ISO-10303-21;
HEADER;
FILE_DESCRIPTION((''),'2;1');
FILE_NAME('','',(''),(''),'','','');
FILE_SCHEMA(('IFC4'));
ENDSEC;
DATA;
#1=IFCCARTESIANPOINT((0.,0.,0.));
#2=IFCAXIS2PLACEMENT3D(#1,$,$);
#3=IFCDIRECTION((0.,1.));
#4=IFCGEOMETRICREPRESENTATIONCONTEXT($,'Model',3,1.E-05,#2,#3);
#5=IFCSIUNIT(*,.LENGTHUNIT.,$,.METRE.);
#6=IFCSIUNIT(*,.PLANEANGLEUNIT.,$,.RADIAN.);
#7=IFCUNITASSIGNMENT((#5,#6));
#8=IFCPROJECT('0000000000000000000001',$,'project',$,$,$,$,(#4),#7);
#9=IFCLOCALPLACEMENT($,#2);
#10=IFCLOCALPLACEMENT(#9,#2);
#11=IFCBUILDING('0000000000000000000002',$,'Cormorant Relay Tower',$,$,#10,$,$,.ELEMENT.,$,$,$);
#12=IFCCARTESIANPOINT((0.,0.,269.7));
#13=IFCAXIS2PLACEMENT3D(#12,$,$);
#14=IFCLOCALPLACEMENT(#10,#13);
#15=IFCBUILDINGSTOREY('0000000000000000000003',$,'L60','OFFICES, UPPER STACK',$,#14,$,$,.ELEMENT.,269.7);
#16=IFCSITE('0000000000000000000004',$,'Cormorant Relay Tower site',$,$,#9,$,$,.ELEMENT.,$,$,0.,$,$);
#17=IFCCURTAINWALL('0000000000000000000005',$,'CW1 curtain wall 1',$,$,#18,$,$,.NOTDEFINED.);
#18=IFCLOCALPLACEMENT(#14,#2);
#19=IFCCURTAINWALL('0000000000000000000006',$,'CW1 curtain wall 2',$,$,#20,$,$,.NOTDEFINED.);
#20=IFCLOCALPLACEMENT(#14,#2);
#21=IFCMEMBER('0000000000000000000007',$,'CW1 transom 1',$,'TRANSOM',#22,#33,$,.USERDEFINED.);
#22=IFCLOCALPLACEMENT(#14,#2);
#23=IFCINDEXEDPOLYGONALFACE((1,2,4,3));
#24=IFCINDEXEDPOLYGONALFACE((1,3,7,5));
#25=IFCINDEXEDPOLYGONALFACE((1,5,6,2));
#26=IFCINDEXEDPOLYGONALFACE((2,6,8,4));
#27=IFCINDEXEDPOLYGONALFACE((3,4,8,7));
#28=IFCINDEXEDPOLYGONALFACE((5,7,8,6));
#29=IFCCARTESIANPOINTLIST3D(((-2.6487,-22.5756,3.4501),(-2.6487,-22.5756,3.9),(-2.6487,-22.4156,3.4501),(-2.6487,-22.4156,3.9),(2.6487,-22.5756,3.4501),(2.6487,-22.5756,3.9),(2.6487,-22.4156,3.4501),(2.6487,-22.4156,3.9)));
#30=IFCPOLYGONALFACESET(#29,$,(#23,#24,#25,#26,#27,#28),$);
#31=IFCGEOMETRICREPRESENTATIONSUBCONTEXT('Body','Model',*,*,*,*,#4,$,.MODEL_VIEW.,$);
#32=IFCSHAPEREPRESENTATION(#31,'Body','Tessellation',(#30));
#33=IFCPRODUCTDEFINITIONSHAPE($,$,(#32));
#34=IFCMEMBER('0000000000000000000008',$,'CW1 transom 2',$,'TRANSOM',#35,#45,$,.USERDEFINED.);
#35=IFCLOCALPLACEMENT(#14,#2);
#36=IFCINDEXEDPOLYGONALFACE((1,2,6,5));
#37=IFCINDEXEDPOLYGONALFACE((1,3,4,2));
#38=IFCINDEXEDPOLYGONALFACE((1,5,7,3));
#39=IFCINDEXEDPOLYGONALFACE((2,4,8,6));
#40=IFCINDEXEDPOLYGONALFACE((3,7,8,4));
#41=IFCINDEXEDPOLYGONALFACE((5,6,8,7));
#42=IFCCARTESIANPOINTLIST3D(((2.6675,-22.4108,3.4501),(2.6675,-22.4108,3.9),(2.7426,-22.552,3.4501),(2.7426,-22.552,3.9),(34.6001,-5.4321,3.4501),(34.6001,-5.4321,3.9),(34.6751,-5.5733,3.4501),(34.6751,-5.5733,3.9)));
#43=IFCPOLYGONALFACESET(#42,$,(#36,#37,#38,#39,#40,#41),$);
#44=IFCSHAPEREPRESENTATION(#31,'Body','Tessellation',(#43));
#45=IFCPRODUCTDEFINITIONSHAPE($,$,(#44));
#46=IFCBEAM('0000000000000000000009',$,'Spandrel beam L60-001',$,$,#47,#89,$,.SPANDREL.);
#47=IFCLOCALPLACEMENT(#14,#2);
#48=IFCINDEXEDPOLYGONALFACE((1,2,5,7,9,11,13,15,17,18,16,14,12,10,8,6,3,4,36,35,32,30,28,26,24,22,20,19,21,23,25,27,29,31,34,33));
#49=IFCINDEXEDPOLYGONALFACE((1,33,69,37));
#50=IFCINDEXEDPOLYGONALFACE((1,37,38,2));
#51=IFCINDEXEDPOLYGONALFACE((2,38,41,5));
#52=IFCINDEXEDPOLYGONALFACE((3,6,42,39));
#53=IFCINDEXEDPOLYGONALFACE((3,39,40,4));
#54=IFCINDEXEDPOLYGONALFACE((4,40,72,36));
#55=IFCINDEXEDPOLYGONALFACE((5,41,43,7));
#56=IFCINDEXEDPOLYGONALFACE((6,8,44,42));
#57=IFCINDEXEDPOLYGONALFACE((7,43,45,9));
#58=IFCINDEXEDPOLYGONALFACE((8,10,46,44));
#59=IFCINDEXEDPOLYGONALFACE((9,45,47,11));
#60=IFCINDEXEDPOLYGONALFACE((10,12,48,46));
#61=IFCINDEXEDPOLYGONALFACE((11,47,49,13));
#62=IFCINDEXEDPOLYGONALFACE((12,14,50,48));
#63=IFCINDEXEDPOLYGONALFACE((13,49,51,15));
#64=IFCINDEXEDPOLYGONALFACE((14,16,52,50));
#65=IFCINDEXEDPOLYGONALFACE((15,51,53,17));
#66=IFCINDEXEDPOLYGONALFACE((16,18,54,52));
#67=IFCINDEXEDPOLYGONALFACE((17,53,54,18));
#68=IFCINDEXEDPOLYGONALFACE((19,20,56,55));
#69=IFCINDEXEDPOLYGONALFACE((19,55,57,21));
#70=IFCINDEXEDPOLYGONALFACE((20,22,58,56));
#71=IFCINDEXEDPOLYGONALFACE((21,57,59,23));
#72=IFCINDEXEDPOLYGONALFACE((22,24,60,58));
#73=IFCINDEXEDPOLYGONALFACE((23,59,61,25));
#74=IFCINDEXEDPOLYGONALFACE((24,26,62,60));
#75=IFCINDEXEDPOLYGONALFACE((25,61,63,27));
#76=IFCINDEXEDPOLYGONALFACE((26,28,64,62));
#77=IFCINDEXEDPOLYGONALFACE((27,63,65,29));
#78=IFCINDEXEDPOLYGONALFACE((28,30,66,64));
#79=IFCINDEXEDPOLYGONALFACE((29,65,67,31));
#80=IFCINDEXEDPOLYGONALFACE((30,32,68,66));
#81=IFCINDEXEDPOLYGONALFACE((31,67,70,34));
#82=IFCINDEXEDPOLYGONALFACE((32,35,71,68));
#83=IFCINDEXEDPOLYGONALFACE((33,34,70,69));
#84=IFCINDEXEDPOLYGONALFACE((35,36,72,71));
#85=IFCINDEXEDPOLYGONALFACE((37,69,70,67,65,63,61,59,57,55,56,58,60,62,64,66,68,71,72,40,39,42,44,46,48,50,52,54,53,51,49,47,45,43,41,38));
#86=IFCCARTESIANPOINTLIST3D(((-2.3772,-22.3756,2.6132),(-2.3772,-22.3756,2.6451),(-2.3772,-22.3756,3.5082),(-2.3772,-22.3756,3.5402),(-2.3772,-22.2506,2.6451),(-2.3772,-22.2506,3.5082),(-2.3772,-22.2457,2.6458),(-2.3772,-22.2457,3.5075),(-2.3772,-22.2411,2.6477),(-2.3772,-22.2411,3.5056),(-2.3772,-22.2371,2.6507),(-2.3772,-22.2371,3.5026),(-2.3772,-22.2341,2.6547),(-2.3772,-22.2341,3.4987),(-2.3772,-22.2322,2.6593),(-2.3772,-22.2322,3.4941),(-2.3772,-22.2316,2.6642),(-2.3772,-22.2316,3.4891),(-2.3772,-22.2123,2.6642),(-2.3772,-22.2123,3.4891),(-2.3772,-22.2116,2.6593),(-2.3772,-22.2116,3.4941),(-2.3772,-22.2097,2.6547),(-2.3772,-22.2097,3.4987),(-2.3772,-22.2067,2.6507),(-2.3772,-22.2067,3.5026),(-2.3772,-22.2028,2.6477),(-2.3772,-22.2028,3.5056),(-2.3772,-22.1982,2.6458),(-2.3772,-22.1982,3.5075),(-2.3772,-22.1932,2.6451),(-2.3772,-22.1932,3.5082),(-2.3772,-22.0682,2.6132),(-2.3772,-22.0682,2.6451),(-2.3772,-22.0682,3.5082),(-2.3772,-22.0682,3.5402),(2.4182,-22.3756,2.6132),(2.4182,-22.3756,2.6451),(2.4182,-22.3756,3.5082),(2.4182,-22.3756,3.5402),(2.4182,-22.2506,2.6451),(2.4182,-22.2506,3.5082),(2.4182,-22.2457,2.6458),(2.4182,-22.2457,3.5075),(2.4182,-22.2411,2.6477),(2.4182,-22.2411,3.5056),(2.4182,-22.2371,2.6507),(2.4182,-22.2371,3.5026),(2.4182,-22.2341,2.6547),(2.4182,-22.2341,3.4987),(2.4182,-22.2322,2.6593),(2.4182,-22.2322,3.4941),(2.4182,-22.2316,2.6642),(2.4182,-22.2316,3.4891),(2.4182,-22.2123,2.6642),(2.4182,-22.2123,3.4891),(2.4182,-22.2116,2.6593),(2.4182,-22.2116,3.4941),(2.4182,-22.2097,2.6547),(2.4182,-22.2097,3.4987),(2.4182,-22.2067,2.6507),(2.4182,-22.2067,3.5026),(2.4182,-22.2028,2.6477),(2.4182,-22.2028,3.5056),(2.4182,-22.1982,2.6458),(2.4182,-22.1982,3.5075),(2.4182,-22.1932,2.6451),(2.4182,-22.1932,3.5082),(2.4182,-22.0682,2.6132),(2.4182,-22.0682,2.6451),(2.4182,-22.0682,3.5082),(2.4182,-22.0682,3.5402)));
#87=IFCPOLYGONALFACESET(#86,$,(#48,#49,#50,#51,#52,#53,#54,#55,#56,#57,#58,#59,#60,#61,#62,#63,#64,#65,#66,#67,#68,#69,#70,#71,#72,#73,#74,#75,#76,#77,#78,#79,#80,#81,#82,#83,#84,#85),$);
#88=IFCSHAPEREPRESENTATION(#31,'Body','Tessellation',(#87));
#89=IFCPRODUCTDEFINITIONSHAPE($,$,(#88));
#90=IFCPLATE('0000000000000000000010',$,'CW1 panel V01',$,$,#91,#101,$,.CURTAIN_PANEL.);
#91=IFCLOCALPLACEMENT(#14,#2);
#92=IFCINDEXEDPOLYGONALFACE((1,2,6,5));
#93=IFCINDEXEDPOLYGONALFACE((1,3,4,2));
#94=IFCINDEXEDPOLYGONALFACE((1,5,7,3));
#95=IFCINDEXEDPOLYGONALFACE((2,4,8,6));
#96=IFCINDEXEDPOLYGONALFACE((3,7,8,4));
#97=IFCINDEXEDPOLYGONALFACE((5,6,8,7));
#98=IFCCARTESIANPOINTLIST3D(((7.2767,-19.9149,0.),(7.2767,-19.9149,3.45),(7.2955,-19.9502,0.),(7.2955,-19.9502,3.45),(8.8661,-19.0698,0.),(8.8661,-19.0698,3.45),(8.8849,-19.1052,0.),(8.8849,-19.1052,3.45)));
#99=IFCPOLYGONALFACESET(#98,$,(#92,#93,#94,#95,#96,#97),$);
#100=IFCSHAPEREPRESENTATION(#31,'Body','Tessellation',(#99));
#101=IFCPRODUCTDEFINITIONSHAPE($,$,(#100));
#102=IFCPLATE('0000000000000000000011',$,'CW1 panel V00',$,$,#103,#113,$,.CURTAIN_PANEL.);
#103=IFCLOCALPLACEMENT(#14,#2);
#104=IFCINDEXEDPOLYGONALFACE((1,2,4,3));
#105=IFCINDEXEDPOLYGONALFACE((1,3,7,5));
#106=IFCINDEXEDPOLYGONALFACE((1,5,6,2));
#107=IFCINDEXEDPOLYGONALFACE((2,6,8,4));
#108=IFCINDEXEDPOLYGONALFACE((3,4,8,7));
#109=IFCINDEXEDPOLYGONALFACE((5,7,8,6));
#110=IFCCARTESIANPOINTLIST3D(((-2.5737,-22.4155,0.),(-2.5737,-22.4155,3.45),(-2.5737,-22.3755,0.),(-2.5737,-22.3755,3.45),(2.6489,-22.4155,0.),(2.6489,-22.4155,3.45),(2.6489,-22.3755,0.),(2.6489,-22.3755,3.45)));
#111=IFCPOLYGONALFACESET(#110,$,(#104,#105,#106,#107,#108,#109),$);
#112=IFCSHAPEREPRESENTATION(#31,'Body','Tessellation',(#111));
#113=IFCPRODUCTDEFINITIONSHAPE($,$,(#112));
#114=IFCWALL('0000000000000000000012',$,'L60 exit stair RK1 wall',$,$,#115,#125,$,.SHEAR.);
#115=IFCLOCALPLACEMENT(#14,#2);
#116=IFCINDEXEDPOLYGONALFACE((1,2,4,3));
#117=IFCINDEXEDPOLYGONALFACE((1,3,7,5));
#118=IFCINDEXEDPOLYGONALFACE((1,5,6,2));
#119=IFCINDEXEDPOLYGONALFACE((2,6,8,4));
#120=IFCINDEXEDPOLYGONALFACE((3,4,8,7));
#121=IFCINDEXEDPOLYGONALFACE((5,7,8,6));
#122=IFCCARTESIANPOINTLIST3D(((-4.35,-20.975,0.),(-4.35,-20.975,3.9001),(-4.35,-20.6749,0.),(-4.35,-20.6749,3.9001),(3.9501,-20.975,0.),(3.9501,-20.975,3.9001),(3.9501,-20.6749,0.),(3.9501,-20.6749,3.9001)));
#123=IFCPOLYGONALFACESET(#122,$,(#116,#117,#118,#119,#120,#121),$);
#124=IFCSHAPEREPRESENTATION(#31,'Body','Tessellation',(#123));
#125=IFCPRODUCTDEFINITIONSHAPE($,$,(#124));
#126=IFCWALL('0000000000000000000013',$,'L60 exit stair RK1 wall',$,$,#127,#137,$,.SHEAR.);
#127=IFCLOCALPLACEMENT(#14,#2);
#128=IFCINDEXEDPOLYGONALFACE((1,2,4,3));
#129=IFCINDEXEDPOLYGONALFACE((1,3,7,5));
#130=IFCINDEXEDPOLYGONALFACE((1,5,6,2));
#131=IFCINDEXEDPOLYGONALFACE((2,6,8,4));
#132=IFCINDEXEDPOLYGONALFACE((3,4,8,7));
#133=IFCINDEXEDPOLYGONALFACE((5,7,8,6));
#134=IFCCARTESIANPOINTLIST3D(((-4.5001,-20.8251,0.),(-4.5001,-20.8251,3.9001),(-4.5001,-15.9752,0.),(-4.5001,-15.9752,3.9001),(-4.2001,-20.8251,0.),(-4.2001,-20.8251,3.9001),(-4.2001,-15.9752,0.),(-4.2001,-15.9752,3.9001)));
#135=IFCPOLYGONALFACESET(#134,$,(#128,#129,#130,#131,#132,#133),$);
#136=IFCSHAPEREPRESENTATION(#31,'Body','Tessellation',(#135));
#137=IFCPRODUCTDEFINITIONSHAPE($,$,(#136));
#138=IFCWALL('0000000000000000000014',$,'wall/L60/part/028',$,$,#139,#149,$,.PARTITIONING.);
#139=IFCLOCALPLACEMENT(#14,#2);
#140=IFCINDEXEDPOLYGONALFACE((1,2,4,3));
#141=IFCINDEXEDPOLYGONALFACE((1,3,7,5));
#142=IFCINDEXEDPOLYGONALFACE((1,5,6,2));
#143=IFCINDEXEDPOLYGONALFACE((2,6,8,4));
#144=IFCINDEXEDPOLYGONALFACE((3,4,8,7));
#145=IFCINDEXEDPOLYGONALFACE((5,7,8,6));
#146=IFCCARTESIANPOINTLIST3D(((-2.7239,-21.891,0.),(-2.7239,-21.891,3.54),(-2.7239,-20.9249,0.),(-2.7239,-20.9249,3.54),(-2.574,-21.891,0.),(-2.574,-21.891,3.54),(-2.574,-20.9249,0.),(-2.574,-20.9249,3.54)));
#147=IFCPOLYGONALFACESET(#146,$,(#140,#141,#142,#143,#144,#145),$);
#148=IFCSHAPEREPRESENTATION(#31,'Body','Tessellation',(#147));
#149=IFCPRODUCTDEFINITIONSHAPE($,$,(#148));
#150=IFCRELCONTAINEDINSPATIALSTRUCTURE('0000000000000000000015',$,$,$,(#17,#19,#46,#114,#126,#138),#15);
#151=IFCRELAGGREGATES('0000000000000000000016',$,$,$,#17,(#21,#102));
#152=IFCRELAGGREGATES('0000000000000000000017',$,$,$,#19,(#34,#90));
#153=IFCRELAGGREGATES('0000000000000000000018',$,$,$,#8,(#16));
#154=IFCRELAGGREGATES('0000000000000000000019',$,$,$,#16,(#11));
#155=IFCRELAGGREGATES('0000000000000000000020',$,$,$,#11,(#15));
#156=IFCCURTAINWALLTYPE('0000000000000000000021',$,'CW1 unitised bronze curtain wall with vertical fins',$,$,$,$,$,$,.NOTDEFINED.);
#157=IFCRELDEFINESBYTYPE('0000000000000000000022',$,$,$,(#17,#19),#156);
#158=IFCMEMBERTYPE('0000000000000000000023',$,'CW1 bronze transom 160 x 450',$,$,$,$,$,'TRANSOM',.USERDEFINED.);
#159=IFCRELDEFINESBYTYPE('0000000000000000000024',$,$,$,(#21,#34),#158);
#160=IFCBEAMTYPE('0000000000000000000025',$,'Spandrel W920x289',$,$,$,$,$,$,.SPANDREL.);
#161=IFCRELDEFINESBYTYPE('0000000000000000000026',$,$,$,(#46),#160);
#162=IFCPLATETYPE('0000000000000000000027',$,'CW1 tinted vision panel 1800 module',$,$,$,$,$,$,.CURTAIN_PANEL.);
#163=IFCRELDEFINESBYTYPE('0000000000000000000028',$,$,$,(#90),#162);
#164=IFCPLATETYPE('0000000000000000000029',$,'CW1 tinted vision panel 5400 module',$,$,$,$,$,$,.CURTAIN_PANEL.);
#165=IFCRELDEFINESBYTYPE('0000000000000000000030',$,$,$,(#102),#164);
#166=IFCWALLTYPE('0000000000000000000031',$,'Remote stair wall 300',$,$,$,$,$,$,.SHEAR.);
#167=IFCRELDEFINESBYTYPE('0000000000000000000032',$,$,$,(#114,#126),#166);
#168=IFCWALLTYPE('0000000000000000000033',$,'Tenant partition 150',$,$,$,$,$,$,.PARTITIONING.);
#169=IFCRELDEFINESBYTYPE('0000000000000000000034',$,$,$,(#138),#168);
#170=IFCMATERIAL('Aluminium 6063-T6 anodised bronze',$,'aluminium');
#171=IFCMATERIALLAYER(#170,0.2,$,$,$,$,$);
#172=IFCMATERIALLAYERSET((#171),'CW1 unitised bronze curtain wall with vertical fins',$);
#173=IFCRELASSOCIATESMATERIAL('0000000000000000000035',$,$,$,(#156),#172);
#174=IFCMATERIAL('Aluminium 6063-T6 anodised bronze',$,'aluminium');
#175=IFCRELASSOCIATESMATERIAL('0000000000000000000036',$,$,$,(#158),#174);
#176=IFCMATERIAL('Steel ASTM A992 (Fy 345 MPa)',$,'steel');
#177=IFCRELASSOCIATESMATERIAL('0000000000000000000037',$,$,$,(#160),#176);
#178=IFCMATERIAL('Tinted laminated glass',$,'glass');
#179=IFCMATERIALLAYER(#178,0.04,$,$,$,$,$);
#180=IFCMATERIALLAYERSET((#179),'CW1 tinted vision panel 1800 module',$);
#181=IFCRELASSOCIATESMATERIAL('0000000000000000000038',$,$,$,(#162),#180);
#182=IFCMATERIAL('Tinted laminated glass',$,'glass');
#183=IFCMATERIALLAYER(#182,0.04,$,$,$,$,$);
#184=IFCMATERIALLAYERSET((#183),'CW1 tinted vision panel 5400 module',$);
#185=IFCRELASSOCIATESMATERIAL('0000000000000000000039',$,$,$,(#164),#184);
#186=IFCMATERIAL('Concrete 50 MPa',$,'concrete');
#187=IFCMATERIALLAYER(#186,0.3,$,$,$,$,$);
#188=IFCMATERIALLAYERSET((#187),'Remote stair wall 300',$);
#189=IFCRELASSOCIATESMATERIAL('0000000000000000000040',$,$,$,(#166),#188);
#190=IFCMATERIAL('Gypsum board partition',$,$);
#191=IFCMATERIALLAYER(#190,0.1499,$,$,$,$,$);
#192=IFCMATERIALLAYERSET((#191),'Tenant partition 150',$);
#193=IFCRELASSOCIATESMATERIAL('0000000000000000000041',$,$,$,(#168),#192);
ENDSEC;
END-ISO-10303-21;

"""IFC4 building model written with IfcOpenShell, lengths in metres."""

from ifc_helpers import new_model, si_unit, direction, frame, frame_2d, origin, origin_2d, place, context, subcontext, project, spatial, rectangle, i_section, extrude, material, layer, layer_set, material_profile, profile_set, type_object, element, aggregate, save


model = new_model("IFC4")

# Units and contexts
model_context = context("Model", 3, precision=1e-05, world=origin(), true_north=direction((0.0, 1.0)))
body_context = subcontext(model_context, "Body", "Model", "MODEL_VIEW")
ifc_project = project(units=[si_unit("LENGTHUNIT", "METRE"), si_unit("PLANEANGLEUNIT", "RADIAN")], contexts=[model_context])

# Site, building, storey
site_placement = place(None, origin())
site = spatial("IfcSite", under=ifc_project, at=site_placement, Name="Cormorant Relay Tower site", CompositionType="ELEMENT", RefElevation=0.0)
building_placement = place(site_placement, origin())
building = spatial("IfcBuilding", under=site, at=building_placement, Name="Cormorant Relay Tower", CompositionType="ELEMENT")
storey_placement = place(building_placement, frame((0.0, 0.0, 269.7)))
storey = spatial("IfcBuildingStorey", under=building, at=storey_placement, Name="L60", Description="OFFICES, UPPER STACK", CompositionType="ELEMENT", Elevation=269.7)

# Curtain wall
ifc_material_1 = material(Name="Aluminium 6063-T6 anodised bronze", Category="aluminium")
ifc_layer_1 = layer(ifc_material_1, 0.2)
ifc_layer_set_1 = layer_set([ifc_layer_1], Name="CW1 unitised bronze curtain wall with vertical fins")
curtain_wall_type = type_object("IfcCurtainWallType", Name="CW1 unitised bronze curtain wall with vertical fins", PredefinedType="NOTDEFINED", material=ifc_layer_set_1)
curtain_wall_1_placement = place(storey_placement, origin())
curtain_wall_1 = element("IfcCurtainWall", 1, at=curtain_wall_1_placement, inside=storey, type_object=curtain_wall_type, Name="CW1 curtain wall 1", PredefinedType="NOTDEFINED")

# Curtain wall
curtain_wall_2_placement = place(storey_placement, origin())
curtain_wall_2 = element("IfcCurtainWall", 2, at=curtain_wall_2_placement, inside=storey, type_object=curtain_wall_type, Name="CW1 curtain wall 2", PredefinedType="NOTDEFINED")

# Members
ifc_material_2 = material(Name="Aluminium 6063-T6 anodised bronze", Category="aluminium")
ifc_material_profile_1 = material_profile(ifc_material_2, rectangle(XDim=0.1599, YDim=0.45, at=origin_2d()), Name="AL 160x450")
ifc_profile_set_1 = profile_set([ifc_material_profile_1], Name="Aluminium 6063-T6 anodised bronze")
member_type_1 = type_object("IfcMemberType", Name="CW1 bronze transom 160 x 450", ElementType="TRANSOM", PredefinedType="USERDEFINED", material=ifc_profile_set_1)
member_1_placement = place(storey_placement, frame((-2.6487, -22.4956, 3.675), z_axis=(1.0, 0.0, 0.0), x_axis=(0.0, 1.0, 0.0)))
member_1 = element("IfcMember", 3, at=member_1_placement, type_object=member_type_1, Name="CW1 transom 1", ObjectType="TRANSOM", PredefinedType="USERDEFINED", context=body_context, shape_type="SweptSolid", body=[
    extrude(rectangle(XDim=0.1599, YDim=0.45, at=origin_2d()), origin(), (0.0, 0.0, 1.0), 5.2974),
])
member_2_placement = place(storey_placement, frame((2.7051, -22.4814, 3.675), z_axis=(0.882949, 0.469469, 0.0), x_axis=(-0.469469, 0.882949, 0.0)))
member_2 = element("IfcMember", 4, at=member_2_placement, type_object=member_type_1, Name="CW1 transom 2", ObjectType="TRANSOM", PredefinedType="USERDEFINED", context=body_context, shape_type="SweptSolid", body=[
    extrude(rectangle(XDim=0.1599, YDim=0.45, at=origin_2d()), origin(), (0.0, 0.0, 1.0), 36.1658),
])

# Beam
ifc_material_3 = material(Name="Steel ASTM A992 (Fy 345 MPa)", Category="steel")
ifc_material_profile_2 = material_profile(ifc_material_3, i_section(OverallWidth=0.3074, OverallDepth=0.927, WebThickness=0.0193, FlangeThickness=0.032, FilletRadius=0.019, at=origin_2d()), Name="W920x289")
ifc_profile_set_2 = profile_set([ifc_material_profile_2], Name="Steel ASTM A992 (Fy 345 MPa)")
beam_type = type_object("IfcBeamType", Name="Spandrel W920x289", PredefinedType="SPANDREL", material=ifc_profile_set_2)
beam_placement = place(storey_placement, frame((-2.3772, -22.2219, 3.0767), z_axis=(1.0, 0.0, 0.0), x_axis=(0.0, 1.0, 0.0)))
element("IfcBeam", 5, at=beam_placement, inside=storey, type_object=beam_type, Name="Spandrel beam L60-001", PredefinedType="SPANDREL", context=body_context, shape_type="SweptSolid", body=[
    extrude(i_section(OverallWidth=0.3074, OverallDepth=0.927, WebThickness=0.0193, FlangeThickness=0.032, FilletRadius=0.019, at=origin_2d()), origin(), (0.0, 0.0, 1.0), 4.7954),
])

# Plates
ifc_material_4 = material(Name="Tinted laminated glass", Category="glass")
ifc_layer_2 = layer(ifc_material_4, 0.04)
ifc_layer_set_2 = layer_set([ifc_layer_2], Name="CW1 tinted vision panel 1800 module")
plate_type_1 = type_object("IfcPlateType", Name="CW1 tinted vision panel 1800 module", PredefinedType="CURTAIN_PANEL", material=ifc_layer_set_2)
plate_1_placement = place(storey_placement, frame((8.0808, -19.51, 0.0), z_axis=(0.0, 0.0, 1.0), x_axis=(0.882948, 0.469472, 0.0)))
plate_1 = element("IfcPlate", 6, at=plate_1_placement, type_object=plate_type_1, Name="CW1 panel V01", PredefinedType="CURTAIN_PANEL", context=body_context, shape_type="SweptSolid", body=[
    extrude(rectangle(XDim=1.8, YDim=0.04, at=origin_2d()), origin(), (0.0, 0.0, 1.0), 3.45),
])
ifc_material_5 = material(Name="Tinted laminated glass", Category="glass")
ifc_layer_3 = layer(ifc_material_5, 0.04)
ifc_layer_set_3 = layer_set([ifc_layer_3], Name="CW1 tinted vision panel 5400 module")
plate_type_2 = type_object("IfcPlateType", Name="CW1 tinted vision panel 5400 module", PredefinedType="CURTAIN_PANEL", material=ifc_layer_set_3)
plate_2_placement = place(storey_placement, frame((0.0376, -22.3955, 0.0), z_axis=(0.0, 0.0, 1.0), x_axis=(1.0, 0.0, 0.0)))
plate_2 = element("IfcPlate", 7, at=plate_2_placement, type_object=plate_type_2, Name="CW1 panel V00", PredefinedType="CURTAIN_PANEL", context=body_context, shape_type="SweptSolid", body=[
    extrude(rectangle(XDim=5.2227, YDim=0.04, at=origin_2d()), origin(), (0.0, 0.0, 1.0), 3.45),
])
aggregate(curtain_wall_1, [member_1, plate_2])

# Walls
ifc_material_6 = material(Name="Concrete 50 MPa", Category="concrete")
ifc_layer_4 = layer(ifc_material_6, 0.3)
ifc_layer_set_4 = layer_set([ifc_layer_4], Name="Remote stair wall 300")
wall_type_1 = type_object("IfcWallType", Name="Remote stair wall 300", PredefinedType="SHEAR", material=ifc_layer_set_4)
wall_1_placement = place(storey_placement, frame((3.95, -20.825, 0.0), z_axis=(0.0, 0.0, 1.0), x_axis=(-1.0, 0.0, 0.0)))
element("IfcWall", 8, at=wall_1_placement, inside=storey, type_object=wall_type_1, Name="L60 exit stair RK1 wall", PredefinedType="SHEAR", context=body_context, shape_type="SweptSolid", body=[
    extrude(rectangle(XDim=8.3, YDim=0.3, at=frame_2d((4.1499, 0.0))), origin(), (0.0, 0.0, 1.0), 3.9001),
])
wall_2_placement = place(storey_placement, frame((-4.3501, -20.825, 0.0), z_axis=(0.0, 0.0, 1.0), x_axis=(0.0, 1.0, 0.0)))
element("IfcWall", 9, at=wall_2_placement, inside=storey, type_object=wall_type_1, Name="L60 exit stair RK1 wall", PredefinedType="SHEAR", context=body_context, shape_type="SweptSolid", body=[
    extrude(rectangle(XDim=4.8499, YDim=0.3, at=frame_2d((2.4248, 0.0))), origin(), (0.0, 0.0, 1.0), 3.9001),
])
ifc_material_7 = material(Name="Gypsum board partition")
ifc_layer_5 = layer(ifc_material_7, 0.1499)
ifc_layer_set_5 = layer_set([ifc_layer_5], Name="Tenant partition 150")
wall_type_2 = type_object("IfcWallType", Name="Tenant partition 150", PredefinedType="PARTITIONING", material=ifc_layer_set_5)
wall_3_placement = place(storey_placement, frame((-2.6489, -20.925, 0.0), z_axis=(0.0, 0.0, 1.0), x_axis=(0.0, -1.0, 0.0)))
element("IfcWall", 10, at=wall_3_placement, inside=storey, type_object=wall_type_2, Name="wall/L60/part/028", PredefinedType="PARTITIONING", context=body_context, shape_type="SweptSolid", body=[
    extrude(rectangle(XDim=0.9661, YDim=0.1499, at=frame_2d((0.4829, 0.0))), origin(), (0.0, 0.0, 1.0), 3.54),
])

aggregate(curtain_wall_2, [member_2, plate_1])

save(model, "model.ifc")
